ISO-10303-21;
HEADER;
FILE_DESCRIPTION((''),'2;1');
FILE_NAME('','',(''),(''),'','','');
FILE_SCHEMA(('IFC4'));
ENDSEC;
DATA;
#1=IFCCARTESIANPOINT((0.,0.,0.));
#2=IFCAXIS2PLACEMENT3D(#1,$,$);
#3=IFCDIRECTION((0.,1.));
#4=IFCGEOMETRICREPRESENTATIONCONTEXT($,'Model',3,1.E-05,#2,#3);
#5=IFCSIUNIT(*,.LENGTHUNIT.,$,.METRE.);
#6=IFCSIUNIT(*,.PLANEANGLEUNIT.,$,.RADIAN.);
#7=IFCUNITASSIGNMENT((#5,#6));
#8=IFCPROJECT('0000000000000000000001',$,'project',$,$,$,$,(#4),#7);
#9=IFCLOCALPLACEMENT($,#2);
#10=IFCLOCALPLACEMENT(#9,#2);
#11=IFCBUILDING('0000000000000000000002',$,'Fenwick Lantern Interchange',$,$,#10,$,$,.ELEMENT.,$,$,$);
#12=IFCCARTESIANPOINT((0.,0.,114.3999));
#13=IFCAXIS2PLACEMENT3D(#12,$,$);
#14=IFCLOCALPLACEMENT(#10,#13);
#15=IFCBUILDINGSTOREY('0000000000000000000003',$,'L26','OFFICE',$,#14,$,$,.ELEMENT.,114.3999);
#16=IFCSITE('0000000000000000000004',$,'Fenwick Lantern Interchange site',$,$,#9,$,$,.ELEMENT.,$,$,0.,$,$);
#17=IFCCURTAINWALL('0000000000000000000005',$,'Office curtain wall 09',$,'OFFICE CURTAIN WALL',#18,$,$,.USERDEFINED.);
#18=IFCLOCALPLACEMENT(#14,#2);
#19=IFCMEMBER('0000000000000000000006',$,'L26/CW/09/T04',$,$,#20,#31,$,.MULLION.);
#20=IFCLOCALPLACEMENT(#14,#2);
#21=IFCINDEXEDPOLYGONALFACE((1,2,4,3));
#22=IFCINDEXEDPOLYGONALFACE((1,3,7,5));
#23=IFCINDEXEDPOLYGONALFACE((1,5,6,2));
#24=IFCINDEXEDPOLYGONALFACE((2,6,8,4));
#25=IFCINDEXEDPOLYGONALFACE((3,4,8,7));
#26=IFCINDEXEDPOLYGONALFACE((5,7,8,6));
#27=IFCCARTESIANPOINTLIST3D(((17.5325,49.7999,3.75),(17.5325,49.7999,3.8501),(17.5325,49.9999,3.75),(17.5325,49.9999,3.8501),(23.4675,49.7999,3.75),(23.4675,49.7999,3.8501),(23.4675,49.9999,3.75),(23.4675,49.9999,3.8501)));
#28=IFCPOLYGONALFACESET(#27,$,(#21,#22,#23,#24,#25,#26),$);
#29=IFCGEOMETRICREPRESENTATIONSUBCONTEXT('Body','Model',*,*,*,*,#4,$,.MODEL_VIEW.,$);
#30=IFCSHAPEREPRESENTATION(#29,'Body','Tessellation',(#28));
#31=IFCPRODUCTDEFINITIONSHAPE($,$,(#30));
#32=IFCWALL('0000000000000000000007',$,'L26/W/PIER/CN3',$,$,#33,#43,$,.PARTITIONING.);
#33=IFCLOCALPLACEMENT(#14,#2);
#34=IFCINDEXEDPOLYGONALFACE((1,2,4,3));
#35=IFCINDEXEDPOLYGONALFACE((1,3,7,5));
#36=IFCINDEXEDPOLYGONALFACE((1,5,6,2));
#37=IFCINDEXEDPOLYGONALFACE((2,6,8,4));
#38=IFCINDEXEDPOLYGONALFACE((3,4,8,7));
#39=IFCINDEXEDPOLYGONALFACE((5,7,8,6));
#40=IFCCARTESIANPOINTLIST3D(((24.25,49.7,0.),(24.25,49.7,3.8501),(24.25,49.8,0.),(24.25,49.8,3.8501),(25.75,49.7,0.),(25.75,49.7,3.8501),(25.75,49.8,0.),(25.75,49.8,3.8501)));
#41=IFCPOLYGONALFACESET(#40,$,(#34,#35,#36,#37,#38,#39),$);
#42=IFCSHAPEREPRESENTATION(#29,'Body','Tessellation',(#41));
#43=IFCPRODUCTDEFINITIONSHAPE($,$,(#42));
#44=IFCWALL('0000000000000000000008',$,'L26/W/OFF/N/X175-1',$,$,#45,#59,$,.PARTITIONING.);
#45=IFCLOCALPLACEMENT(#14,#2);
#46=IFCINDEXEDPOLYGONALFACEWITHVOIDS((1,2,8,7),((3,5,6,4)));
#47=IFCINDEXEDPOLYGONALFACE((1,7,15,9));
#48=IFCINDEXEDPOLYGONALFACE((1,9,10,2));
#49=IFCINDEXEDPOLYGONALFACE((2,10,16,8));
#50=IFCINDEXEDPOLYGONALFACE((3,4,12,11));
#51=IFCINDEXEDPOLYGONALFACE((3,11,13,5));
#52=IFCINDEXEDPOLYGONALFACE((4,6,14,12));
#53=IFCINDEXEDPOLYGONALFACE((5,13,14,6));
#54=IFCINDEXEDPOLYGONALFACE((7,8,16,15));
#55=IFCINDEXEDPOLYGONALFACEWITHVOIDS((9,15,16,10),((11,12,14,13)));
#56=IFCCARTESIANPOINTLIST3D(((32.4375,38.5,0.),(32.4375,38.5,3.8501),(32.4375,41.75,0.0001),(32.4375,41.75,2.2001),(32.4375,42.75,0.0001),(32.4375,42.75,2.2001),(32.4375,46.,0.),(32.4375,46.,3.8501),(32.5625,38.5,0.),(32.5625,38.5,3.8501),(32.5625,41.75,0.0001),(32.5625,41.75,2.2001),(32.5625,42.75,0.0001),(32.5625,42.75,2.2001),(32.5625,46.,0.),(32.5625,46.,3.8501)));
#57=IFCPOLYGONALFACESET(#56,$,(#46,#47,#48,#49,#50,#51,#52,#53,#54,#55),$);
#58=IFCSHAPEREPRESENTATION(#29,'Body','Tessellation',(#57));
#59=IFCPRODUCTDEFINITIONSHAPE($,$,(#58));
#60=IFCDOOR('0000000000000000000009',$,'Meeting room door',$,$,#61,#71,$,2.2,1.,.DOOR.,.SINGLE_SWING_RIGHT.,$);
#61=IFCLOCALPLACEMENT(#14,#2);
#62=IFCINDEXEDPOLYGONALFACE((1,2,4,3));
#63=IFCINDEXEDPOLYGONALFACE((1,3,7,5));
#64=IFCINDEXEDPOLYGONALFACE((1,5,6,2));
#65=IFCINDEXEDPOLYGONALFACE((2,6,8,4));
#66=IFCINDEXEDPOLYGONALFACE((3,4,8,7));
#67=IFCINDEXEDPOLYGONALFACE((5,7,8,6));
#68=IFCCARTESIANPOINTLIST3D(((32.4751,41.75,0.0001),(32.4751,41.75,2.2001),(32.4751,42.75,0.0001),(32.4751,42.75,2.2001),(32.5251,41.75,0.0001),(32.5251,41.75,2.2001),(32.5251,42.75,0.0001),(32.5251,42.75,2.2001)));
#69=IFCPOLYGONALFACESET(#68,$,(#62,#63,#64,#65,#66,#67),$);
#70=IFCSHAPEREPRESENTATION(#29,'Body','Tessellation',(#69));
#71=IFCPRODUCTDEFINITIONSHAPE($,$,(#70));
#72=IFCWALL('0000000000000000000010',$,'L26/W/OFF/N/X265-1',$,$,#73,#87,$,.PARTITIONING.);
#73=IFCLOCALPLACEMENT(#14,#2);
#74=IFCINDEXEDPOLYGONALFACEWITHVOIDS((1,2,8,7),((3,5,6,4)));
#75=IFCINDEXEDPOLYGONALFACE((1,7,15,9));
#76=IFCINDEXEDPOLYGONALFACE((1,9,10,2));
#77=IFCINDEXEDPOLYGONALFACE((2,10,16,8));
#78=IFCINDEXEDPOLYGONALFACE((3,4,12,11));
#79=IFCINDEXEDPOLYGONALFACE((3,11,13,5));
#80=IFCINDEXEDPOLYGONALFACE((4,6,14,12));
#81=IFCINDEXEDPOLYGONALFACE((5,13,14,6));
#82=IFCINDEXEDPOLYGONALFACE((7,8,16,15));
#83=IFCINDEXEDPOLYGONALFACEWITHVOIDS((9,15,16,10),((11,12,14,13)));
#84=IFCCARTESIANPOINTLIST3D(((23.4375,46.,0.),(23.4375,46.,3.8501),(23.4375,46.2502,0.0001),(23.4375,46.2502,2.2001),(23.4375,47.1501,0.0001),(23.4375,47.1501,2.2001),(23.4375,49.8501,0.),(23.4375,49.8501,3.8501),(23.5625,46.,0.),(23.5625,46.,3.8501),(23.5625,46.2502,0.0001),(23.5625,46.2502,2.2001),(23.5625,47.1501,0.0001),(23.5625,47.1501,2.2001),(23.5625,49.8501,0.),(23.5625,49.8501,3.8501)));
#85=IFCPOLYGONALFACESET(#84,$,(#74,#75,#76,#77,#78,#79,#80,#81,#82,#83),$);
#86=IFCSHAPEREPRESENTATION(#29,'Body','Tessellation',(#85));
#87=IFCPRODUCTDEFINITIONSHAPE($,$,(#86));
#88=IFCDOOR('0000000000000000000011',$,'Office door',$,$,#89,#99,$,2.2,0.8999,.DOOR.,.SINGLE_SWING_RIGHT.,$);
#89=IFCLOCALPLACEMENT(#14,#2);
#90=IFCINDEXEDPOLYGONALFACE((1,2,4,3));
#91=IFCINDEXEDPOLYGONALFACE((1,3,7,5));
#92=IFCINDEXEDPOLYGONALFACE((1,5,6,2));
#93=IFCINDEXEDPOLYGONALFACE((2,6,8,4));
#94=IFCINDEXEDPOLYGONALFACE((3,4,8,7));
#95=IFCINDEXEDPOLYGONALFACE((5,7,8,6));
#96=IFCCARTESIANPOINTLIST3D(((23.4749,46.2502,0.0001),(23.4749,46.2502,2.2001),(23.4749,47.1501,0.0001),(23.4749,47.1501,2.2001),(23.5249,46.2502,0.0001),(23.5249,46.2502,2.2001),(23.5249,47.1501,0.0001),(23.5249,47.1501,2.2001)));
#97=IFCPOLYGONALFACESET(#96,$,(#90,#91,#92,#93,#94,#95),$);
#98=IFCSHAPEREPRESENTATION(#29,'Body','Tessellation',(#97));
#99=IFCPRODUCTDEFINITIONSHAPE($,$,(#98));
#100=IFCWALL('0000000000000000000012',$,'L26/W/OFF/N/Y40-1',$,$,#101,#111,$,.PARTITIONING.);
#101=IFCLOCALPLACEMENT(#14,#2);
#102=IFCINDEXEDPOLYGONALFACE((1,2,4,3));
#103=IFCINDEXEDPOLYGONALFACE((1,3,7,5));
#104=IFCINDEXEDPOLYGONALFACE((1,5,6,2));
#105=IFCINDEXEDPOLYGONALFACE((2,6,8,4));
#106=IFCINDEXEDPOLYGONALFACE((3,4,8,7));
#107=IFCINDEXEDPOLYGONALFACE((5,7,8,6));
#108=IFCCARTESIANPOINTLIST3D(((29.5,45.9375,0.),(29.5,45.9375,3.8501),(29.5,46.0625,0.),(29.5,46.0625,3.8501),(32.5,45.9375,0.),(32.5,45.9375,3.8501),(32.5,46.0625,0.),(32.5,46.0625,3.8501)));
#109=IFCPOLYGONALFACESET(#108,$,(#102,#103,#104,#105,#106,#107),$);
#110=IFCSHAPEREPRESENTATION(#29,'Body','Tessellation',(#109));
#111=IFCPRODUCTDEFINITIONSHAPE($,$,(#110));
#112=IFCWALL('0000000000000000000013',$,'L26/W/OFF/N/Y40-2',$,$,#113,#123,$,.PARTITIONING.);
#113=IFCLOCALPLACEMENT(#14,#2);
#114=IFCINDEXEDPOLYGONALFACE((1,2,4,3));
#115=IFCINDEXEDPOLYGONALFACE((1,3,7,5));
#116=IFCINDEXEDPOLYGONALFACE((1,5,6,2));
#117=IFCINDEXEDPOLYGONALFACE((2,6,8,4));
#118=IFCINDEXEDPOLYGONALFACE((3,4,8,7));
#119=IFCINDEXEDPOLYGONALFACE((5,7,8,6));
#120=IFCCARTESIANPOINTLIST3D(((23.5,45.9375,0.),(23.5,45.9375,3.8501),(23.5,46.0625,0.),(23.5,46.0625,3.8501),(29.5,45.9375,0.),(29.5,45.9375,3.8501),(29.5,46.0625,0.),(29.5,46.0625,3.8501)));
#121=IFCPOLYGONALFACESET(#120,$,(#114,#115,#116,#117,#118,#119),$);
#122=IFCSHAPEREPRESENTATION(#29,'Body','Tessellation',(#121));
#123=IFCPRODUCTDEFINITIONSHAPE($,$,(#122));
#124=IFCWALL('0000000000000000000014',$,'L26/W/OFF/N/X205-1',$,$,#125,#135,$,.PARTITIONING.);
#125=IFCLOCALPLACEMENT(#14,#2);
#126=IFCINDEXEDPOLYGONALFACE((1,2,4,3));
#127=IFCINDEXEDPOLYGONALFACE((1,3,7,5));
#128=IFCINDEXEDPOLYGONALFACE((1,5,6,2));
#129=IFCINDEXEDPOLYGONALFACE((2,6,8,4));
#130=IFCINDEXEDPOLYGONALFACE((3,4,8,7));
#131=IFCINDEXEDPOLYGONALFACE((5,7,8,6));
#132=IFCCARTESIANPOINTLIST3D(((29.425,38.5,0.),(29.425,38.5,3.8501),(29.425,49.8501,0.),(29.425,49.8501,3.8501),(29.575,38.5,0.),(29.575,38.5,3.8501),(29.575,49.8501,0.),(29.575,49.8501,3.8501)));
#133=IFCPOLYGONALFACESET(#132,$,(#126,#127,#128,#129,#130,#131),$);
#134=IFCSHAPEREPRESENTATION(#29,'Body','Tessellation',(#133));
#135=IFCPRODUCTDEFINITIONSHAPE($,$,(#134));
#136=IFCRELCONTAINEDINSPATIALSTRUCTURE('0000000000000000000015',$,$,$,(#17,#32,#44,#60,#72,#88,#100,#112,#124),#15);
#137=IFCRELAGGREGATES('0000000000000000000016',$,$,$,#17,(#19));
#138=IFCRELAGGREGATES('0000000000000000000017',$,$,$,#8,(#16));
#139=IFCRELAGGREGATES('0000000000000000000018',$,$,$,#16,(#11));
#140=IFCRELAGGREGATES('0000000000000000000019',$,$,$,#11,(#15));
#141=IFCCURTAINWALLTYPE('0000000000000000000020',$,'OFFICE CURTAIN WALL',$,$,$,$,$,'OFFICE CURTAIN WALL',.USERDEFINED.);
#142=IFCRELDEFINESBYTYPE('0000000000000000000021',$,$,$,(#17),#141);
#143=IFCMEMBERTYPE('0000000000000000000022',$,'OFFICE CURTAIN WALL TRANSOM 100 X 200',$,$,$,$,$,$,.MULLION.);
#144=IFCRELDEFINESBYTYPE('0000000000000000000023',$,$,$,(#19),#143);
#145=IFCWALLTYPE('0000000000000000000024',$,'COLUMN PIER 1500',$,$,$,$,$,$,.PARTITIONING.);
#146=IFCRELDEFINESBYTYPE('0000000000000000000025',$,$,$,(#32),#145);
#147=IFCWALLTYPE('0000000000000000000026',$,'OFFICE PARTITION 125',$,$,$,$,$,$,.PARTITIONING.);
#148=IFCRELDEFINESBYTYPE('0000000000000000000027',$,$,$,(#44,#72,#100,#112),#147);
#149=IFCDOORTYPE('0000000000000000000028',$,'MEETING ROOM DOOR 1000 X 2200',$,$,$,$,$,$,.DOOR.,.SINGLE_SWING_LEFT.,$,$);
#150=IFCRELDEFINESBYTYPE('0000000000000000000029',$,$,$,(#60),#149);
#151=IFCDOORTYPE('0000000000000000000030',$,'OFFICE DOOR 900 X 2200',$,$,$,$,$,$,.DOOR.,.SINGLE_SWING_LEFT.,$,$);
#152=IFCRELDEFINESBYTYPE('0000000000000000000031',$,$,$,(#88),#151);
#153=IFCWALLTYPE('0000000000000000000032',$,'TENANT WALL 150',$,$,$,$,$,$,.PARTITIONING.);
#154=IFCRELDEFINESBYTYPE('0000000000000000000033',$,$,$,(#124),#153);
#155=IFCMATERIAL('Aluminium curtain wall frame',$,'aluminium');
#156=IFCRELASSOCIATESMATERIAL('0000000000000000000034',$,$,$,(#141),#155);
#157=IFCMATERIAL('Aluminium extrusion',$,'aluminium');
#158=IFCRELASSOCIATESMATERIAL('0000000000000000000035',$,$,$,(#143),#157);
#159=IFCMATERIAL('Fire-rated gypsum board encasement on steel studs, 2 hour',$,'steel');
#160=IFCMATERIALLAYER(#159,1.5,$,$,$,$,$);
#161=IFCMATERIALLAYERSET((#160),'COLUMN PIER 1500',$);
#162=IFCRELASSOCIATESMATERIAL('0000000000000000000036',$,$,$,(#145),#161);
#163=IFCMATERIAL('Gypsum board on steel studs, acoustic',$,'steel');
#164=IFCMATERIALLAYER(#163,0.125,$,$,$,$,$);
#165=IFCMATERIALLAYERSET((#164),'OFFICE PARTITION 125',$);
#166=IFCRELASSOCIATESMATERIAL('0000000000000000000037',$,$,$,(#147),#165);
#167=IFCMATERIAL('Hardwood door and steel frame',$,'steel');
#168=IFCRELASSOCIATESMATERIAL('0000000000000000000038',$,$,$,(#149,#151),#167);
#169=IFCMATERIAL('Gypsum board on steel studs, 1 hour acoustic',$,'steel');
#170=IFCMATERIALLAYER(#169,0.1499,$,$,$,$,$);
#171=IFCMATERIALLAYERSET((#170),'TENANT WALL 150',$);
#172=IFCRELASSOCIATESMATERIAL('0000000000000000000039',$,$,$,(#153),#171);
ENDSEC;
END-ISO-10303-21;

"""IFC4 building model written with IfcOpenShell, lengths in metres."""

from ifc_helpers import new_model, si_unit, direction, frame, frame_2d, origin, origin_2d, place, context, subcontext, project, spatial, rectangle, extrude, material, layer, layer_set, material_profile, profile_set, type_object, element, fill, aggregate, save


model = new_model("IFC4")

# Units and contexts
model_context = context("Model", 3, precision=1e-05, world=origin(), true_north=direction((0.0, 1.0)))
body_context = subcontext(model_context, "Body", "Model", "MODEL_VIEW")
ifc_project = project(units=[si_unit("LENGTHUNIT", "METRE"), si_unit("PLANEANGLEUNIT", "RADIAN")], contexts=[model_context])

# Site, building, storey
site_placement = place(None, origin())
site = spatial("IfcSite", under=ifc_project, at=site_placement, Name="Fenwick Lantern Interchange site", CompositionType="ELEMENT", RefElevation=0.0)
building_placement = place(site_placement, origin())
building = spatial("IfcBuilding", under=site, at=building_placement, Name="Fenwick Lantern Interchange", CompositionType="ELEMENT")
storey_placement = place(building_placement, frame((0.0, 0.0, 114.3999)))
storey = spatial("IfcBuildingStorey", under=building, at=storey_placement, Name="L26", Description="OFFICE", CompositionType="ELEMENT", Elevation=114.3999)

# Curtain wall, member
ifc_material_1 = material(Name="Aluminium curtain wall frame", Category="aluminium")
curtain_wall_type = type_object("IfcCurtainWallType", Name="OFFICE CURTAIN WALL", ElementType="OFFICE CURTAIN WALL", PredefinedType="USERDEFINED", material=ifc_material_1)
curtain_wall_placement = place(storey_placement, origin())
curtain_wall = element("IfcCurtainWall", 1, at=curtain_wall_placement, inside=storey, type_object=curtain_wall_type, Name="Office curtain wall 09", ObjectType="OFFICE CURTAIN WALL", PredefinedType="USERDEFINED")
ifc_material_2 = material(Name="Aluminium extrusion", Category="aluminium")
ifc_material_profile_1 = material_profile(ifc_material_2, rectangle(XDim=0.2, YDim=0.1001, at=origin_2d()), Name="OFFICE CURTAIN WALL TRANSOM 100 X 200")
ifc_profile_set_1 = profile_set([ifc_material_profile_1], Name="Aluminium extrusion")
member_type_1 = type_object("IfcMemberType", Name="OFFICE CURTAIN WALL TRANSOM 100 X 200", PredefinedType="MULLION", material=ifc_profile_set_1)
member_1_placement = place(storey_placement, frame((23.4675, 49.8999, 3.8), z_axis=(-1.0, 0.0, 0.0), x_axis=(0.0, -1.0, 0.0)))
member_1 = element("IfcMember", 2, at=member_1_placement, type_object=member_type_1, Name="L26/CW/09/T04", PredefinedType="MULLION", context=body_context, shape_type="SweptSolid", body=[
    extrude(rectangle(XDim=0.2, YDim=0.1001, at=origin_2d()), origin(), (0.0, 0.0, 1.0), 5.9351),
])
aggregate(curtain_wall, [member_1])

# Wall
ifc_material_3 = material(Name="Fire-rated gypsum board encasement on steel studs, 2 hour", Category="steel")
ifc_layer_1 = layer(ifc_material_3, 1.5)
ifc_layer_set_1 = layer_set([ifc_layer_1], Name="COLUMN PIER 1500")
wall_type_1 = type_object("IfcWallType", Name="COLUMN PIER 1500", PredefinedType="PARTITIONING", material=ifc_layer_set_1)
wall_1_placement = place(storey_placement, frame((25.0, 49.8, 0.0), z_axis=(0.0, 0.0, 1.0), x_axis=(0.0, -1.0, 0.0)))
element("IfcWall", 3, at=wall_1_placement, inside=storey, type_object=wall_type_1, Name="L26/W/PIER/CN3", PredefinedType="PARTITIONING", context=body_context, shape_type="SweptSolid", body=[
    extrude(rectangle(XDim=0.1001, YDim=1.5, at=frame_2d((0.05, 0.0))), origin(), (0.0, 0.0, 1.0), 3.8501),
])

# Walls, openings, doors
ifc_material_4 = material(Name="Gypsum board on steel studs, acoustic", Category="steel")
ifc_layer_2 = layer(ifc_material_4, 0.125)
ifc_layer_set_2 = layer_set([ifc_layer_2], Name="OFFICE PARTITION 125")
wall_type_2 = type_object("IfcWallType", Name="OFFICE PARTITION 125", PredefinedType="PARTITIONING", material=ifc_layer_set_2)
wall_2_placement = place(storey_placement, frame((32.5, 46.0, 0.0), z_axis=(0.0, 0.0, 1.0), x_axis=(0.0, -1.0, 0.0)))
wall_2 = element("IfcWall", 4, at=wall_2_placement, inside=storey, type_object=wall_type_2, Name="L26/W/OFF/N/X175-1", PredefinedType="PARTITIONING", context=body_context, shape_type="SweptSolid", body=[
    extrude(rectangle(XDim=7.5, YDim=0.125, at=frame_2d((3.75, 0.0))), origin(), (0.0, 0.0, 1.0), 3.8501),
])
opening_1_placement = place(wall_2_placement, frame((3.25, 0.0, 0.0)))
opening_1 = element("IfcOpeningElement", 5, at=opening_1_placement, cuts=wall_2, PredefinedType="OPENING", context=body_context, shape_type="SweptSolid", body=[
    extrude(rectangle(XDim=1.0, YDim=2.2, at=frame_2d((0.5, 1.1001))), frame((0.0, 0.0725, 0.0), z_axis=(0.0, -1.0, 0.0), x_axis=(1.0, 0.0, 0.0)), (0.0, 0.0, 1.0), 0.145),
])
ifc_material_5 = material(Name="Hardwood door and steel frame", Category="steel")
door_type_1 = type_object("IfcDoorType", Name="MEETING ROOM DOOR 1000 X 2200", OperationType="SINGLE_SWING_LEFT", PredefinedType="DOOR", material=ifc_material_5)
door_1_placement = place(opening_1_placement, frame((1.0, 0.0, 0.0), z_axis=(0.0, 0.0, 1.0), x_axis=(-1.0, 0.0, 0.0)))
door_1 = element("IfcDoor", 6, at=door_1_placement, inside=storey, type_object=door_type_1, Name="Meeting room door", OperationType="SINGLE_SWING_RIGHT", OverallHeight=2.2, OverallWidth=1.0, PredefinedType="DOOR", context=body_context, shape_type="SweptSolid", body=[
    extrude(rectangle(XDim=1.0, YDim=2.2, at=frame_2d((0.5, 1.1001))), frame((0.0, 0.0249, 0.0), z_axis=(0.0, -1.0, 0.0), x_axis=(1.0, 0.0, 0.0)), (0.0, 0.0, 1.0), 0.05),
])
fill(opening_1, door_1)
wall_3_placement = place(storey_placement, frame((23.5, 49.8501, 0.0), z_axis=(0.0, 0.0, 1.0), x_axis=(0.0, -1.0, 0.0)))
wall_3 = element("IfcWall", 7, at=wall_3_placement, inside=storey, type_object=wall_type_2, Name="L26/W/OFF/N/X265-1", PredefinedType="PARTITIONING", context=body_context, shape_type="SweptSolid", body=[
    extrude(rectangle(XDim=3.8501, YDim=0.125, at=frame_2d((1.925, 0.0))), origin(), (0.0, 0.0, 1.0), 3.8501),
])
opening_2_placement = place(wall_3_placement, frame((2.7, 0.0, 0.0)))
opening_2 = element("IfcOpeningElement", 8, at=opening_2_placement, cuts=wall_3, PredefinedType="OPENING", context=body_context, shape_type="SweptSolid", body=[
    extrude(rectangle(XDim=0.8999, YDim=2.2, at=frame_2d((0.45, 1.1001))), frame((0.0, 0.0725, 0.0), z_axis=(0.0, -1.0, 0.0), x_axis=(1.0, 0.0, 0.0)), (0.0, 0.0, 1.0), 0.145),
])
door_type_2 = type_object("IfcDoorType", Name="OFFICE DOOR 900 X 2200", OperationType="SINGLE_SWING_LEFT", PredefinedType="DOOR", material=ifc_material_5)
door_2_placement = place(opening_2_placement, origin())
door_2 = element("IfcDoor", 9, at=door_2_placement, inside=storey, type_object=door_type_2, Name="Office door", OperationType="SINGLE_SWING_RIGHT", OverallHeight=2.2, OverallWidth=0.8999, PredefinedType="DOOR", context=body_context, shape_type="SweptSolid", body=[
    extrude(rectangle(XDim=0.8999, YDim=2.2, at=frame_2d((0.45, 1.1001))), frame((0.0, 0.0249, 0.0), z_axis=(0.0, -1.0, 0.0), x_axis=(1.0, 0.0, 0.0)), (0.0, 0.0, 1.0), 0.05),
])
fill(opening_2, door_2)

# Walls
wall_4_placement = place(storey_placement, frame((32.5, 46.0, 0.0), z_axis=(0.0, 0.0, 1.0), x_axis=(-1.0, 0.0, 0.0)))
element("IfcWall", 10, at=wall_4_placement, inside=storey, type_object=wall_type_2, Name="L26/W/OFF/N/Y40-1", PredefinedType="PARTITIONING", context=body_context, shape_type="SweptSolid", body=[
    extrude(rectangle(XDim=3.0, YDim=0.125, at=frame_2d((1.5, 0.0))), origin(), (0.0, 0.0, 1.0), 3.8501),
])
wall_5_placement = place(storey_placement, frame((29.5, 46.0, 0.0), z_axis=(0.0, 0.0, 1.0), x_axis=(-1.0, 0.0, 0.0)))
element("IfcWall", 11, at=wall_5_placement, inside=storey, type_object=wall_type_2, Name="L26/W/OFF/N/Y40-2", PredefinedType="PARTITIONING", context=body_context, shape_type="SweptSolid", body=[
    extrude(rectangle(XDim=6.0, YDim=0.125, at=frame_2d((3.0, 0.0))), origin(), (0.0, 0.0, 1.0), 3.8501),
])
ifc_material_6 = material(Name="Gypsum board on steel studs, 1 hour acoustic", Category="steel")
ifc_layer_3 = layer(ifc_material_6, 0.1499)
ifc_layer_set_3 = layer_set([ifc_layer_3], Name="TENANT WALL 150")
wall_type_3 = type_object("IfcWallType", Name="TENANT WALL 150", PredefinedType="PARTITIONING", material=ifc_layer_set_3)
wall_6_placement = place(storey_placement, frame((29.5, 49.8501, 0.0), z_axis=(0.0, 0.0, 1.0), x_axis=(0.0, -1.0, 0.0)))
element("IfcWall", 12, at=wall_6_placement, inside=storey, type_object=wall_type_3, Name="L26/W/OFF/N/X205-1", PredefinedType="PARTITIONING", context=body_context, shape_type="SweptSolid", body=[
    extrude(rectangle(XDim=11.3501, YDim=0.1499, at=frame_2d((5.675, 0.0))), origin(), (0.0, 0.0, 1.0), 3.8501),
])

save(model, "model.ifc")
